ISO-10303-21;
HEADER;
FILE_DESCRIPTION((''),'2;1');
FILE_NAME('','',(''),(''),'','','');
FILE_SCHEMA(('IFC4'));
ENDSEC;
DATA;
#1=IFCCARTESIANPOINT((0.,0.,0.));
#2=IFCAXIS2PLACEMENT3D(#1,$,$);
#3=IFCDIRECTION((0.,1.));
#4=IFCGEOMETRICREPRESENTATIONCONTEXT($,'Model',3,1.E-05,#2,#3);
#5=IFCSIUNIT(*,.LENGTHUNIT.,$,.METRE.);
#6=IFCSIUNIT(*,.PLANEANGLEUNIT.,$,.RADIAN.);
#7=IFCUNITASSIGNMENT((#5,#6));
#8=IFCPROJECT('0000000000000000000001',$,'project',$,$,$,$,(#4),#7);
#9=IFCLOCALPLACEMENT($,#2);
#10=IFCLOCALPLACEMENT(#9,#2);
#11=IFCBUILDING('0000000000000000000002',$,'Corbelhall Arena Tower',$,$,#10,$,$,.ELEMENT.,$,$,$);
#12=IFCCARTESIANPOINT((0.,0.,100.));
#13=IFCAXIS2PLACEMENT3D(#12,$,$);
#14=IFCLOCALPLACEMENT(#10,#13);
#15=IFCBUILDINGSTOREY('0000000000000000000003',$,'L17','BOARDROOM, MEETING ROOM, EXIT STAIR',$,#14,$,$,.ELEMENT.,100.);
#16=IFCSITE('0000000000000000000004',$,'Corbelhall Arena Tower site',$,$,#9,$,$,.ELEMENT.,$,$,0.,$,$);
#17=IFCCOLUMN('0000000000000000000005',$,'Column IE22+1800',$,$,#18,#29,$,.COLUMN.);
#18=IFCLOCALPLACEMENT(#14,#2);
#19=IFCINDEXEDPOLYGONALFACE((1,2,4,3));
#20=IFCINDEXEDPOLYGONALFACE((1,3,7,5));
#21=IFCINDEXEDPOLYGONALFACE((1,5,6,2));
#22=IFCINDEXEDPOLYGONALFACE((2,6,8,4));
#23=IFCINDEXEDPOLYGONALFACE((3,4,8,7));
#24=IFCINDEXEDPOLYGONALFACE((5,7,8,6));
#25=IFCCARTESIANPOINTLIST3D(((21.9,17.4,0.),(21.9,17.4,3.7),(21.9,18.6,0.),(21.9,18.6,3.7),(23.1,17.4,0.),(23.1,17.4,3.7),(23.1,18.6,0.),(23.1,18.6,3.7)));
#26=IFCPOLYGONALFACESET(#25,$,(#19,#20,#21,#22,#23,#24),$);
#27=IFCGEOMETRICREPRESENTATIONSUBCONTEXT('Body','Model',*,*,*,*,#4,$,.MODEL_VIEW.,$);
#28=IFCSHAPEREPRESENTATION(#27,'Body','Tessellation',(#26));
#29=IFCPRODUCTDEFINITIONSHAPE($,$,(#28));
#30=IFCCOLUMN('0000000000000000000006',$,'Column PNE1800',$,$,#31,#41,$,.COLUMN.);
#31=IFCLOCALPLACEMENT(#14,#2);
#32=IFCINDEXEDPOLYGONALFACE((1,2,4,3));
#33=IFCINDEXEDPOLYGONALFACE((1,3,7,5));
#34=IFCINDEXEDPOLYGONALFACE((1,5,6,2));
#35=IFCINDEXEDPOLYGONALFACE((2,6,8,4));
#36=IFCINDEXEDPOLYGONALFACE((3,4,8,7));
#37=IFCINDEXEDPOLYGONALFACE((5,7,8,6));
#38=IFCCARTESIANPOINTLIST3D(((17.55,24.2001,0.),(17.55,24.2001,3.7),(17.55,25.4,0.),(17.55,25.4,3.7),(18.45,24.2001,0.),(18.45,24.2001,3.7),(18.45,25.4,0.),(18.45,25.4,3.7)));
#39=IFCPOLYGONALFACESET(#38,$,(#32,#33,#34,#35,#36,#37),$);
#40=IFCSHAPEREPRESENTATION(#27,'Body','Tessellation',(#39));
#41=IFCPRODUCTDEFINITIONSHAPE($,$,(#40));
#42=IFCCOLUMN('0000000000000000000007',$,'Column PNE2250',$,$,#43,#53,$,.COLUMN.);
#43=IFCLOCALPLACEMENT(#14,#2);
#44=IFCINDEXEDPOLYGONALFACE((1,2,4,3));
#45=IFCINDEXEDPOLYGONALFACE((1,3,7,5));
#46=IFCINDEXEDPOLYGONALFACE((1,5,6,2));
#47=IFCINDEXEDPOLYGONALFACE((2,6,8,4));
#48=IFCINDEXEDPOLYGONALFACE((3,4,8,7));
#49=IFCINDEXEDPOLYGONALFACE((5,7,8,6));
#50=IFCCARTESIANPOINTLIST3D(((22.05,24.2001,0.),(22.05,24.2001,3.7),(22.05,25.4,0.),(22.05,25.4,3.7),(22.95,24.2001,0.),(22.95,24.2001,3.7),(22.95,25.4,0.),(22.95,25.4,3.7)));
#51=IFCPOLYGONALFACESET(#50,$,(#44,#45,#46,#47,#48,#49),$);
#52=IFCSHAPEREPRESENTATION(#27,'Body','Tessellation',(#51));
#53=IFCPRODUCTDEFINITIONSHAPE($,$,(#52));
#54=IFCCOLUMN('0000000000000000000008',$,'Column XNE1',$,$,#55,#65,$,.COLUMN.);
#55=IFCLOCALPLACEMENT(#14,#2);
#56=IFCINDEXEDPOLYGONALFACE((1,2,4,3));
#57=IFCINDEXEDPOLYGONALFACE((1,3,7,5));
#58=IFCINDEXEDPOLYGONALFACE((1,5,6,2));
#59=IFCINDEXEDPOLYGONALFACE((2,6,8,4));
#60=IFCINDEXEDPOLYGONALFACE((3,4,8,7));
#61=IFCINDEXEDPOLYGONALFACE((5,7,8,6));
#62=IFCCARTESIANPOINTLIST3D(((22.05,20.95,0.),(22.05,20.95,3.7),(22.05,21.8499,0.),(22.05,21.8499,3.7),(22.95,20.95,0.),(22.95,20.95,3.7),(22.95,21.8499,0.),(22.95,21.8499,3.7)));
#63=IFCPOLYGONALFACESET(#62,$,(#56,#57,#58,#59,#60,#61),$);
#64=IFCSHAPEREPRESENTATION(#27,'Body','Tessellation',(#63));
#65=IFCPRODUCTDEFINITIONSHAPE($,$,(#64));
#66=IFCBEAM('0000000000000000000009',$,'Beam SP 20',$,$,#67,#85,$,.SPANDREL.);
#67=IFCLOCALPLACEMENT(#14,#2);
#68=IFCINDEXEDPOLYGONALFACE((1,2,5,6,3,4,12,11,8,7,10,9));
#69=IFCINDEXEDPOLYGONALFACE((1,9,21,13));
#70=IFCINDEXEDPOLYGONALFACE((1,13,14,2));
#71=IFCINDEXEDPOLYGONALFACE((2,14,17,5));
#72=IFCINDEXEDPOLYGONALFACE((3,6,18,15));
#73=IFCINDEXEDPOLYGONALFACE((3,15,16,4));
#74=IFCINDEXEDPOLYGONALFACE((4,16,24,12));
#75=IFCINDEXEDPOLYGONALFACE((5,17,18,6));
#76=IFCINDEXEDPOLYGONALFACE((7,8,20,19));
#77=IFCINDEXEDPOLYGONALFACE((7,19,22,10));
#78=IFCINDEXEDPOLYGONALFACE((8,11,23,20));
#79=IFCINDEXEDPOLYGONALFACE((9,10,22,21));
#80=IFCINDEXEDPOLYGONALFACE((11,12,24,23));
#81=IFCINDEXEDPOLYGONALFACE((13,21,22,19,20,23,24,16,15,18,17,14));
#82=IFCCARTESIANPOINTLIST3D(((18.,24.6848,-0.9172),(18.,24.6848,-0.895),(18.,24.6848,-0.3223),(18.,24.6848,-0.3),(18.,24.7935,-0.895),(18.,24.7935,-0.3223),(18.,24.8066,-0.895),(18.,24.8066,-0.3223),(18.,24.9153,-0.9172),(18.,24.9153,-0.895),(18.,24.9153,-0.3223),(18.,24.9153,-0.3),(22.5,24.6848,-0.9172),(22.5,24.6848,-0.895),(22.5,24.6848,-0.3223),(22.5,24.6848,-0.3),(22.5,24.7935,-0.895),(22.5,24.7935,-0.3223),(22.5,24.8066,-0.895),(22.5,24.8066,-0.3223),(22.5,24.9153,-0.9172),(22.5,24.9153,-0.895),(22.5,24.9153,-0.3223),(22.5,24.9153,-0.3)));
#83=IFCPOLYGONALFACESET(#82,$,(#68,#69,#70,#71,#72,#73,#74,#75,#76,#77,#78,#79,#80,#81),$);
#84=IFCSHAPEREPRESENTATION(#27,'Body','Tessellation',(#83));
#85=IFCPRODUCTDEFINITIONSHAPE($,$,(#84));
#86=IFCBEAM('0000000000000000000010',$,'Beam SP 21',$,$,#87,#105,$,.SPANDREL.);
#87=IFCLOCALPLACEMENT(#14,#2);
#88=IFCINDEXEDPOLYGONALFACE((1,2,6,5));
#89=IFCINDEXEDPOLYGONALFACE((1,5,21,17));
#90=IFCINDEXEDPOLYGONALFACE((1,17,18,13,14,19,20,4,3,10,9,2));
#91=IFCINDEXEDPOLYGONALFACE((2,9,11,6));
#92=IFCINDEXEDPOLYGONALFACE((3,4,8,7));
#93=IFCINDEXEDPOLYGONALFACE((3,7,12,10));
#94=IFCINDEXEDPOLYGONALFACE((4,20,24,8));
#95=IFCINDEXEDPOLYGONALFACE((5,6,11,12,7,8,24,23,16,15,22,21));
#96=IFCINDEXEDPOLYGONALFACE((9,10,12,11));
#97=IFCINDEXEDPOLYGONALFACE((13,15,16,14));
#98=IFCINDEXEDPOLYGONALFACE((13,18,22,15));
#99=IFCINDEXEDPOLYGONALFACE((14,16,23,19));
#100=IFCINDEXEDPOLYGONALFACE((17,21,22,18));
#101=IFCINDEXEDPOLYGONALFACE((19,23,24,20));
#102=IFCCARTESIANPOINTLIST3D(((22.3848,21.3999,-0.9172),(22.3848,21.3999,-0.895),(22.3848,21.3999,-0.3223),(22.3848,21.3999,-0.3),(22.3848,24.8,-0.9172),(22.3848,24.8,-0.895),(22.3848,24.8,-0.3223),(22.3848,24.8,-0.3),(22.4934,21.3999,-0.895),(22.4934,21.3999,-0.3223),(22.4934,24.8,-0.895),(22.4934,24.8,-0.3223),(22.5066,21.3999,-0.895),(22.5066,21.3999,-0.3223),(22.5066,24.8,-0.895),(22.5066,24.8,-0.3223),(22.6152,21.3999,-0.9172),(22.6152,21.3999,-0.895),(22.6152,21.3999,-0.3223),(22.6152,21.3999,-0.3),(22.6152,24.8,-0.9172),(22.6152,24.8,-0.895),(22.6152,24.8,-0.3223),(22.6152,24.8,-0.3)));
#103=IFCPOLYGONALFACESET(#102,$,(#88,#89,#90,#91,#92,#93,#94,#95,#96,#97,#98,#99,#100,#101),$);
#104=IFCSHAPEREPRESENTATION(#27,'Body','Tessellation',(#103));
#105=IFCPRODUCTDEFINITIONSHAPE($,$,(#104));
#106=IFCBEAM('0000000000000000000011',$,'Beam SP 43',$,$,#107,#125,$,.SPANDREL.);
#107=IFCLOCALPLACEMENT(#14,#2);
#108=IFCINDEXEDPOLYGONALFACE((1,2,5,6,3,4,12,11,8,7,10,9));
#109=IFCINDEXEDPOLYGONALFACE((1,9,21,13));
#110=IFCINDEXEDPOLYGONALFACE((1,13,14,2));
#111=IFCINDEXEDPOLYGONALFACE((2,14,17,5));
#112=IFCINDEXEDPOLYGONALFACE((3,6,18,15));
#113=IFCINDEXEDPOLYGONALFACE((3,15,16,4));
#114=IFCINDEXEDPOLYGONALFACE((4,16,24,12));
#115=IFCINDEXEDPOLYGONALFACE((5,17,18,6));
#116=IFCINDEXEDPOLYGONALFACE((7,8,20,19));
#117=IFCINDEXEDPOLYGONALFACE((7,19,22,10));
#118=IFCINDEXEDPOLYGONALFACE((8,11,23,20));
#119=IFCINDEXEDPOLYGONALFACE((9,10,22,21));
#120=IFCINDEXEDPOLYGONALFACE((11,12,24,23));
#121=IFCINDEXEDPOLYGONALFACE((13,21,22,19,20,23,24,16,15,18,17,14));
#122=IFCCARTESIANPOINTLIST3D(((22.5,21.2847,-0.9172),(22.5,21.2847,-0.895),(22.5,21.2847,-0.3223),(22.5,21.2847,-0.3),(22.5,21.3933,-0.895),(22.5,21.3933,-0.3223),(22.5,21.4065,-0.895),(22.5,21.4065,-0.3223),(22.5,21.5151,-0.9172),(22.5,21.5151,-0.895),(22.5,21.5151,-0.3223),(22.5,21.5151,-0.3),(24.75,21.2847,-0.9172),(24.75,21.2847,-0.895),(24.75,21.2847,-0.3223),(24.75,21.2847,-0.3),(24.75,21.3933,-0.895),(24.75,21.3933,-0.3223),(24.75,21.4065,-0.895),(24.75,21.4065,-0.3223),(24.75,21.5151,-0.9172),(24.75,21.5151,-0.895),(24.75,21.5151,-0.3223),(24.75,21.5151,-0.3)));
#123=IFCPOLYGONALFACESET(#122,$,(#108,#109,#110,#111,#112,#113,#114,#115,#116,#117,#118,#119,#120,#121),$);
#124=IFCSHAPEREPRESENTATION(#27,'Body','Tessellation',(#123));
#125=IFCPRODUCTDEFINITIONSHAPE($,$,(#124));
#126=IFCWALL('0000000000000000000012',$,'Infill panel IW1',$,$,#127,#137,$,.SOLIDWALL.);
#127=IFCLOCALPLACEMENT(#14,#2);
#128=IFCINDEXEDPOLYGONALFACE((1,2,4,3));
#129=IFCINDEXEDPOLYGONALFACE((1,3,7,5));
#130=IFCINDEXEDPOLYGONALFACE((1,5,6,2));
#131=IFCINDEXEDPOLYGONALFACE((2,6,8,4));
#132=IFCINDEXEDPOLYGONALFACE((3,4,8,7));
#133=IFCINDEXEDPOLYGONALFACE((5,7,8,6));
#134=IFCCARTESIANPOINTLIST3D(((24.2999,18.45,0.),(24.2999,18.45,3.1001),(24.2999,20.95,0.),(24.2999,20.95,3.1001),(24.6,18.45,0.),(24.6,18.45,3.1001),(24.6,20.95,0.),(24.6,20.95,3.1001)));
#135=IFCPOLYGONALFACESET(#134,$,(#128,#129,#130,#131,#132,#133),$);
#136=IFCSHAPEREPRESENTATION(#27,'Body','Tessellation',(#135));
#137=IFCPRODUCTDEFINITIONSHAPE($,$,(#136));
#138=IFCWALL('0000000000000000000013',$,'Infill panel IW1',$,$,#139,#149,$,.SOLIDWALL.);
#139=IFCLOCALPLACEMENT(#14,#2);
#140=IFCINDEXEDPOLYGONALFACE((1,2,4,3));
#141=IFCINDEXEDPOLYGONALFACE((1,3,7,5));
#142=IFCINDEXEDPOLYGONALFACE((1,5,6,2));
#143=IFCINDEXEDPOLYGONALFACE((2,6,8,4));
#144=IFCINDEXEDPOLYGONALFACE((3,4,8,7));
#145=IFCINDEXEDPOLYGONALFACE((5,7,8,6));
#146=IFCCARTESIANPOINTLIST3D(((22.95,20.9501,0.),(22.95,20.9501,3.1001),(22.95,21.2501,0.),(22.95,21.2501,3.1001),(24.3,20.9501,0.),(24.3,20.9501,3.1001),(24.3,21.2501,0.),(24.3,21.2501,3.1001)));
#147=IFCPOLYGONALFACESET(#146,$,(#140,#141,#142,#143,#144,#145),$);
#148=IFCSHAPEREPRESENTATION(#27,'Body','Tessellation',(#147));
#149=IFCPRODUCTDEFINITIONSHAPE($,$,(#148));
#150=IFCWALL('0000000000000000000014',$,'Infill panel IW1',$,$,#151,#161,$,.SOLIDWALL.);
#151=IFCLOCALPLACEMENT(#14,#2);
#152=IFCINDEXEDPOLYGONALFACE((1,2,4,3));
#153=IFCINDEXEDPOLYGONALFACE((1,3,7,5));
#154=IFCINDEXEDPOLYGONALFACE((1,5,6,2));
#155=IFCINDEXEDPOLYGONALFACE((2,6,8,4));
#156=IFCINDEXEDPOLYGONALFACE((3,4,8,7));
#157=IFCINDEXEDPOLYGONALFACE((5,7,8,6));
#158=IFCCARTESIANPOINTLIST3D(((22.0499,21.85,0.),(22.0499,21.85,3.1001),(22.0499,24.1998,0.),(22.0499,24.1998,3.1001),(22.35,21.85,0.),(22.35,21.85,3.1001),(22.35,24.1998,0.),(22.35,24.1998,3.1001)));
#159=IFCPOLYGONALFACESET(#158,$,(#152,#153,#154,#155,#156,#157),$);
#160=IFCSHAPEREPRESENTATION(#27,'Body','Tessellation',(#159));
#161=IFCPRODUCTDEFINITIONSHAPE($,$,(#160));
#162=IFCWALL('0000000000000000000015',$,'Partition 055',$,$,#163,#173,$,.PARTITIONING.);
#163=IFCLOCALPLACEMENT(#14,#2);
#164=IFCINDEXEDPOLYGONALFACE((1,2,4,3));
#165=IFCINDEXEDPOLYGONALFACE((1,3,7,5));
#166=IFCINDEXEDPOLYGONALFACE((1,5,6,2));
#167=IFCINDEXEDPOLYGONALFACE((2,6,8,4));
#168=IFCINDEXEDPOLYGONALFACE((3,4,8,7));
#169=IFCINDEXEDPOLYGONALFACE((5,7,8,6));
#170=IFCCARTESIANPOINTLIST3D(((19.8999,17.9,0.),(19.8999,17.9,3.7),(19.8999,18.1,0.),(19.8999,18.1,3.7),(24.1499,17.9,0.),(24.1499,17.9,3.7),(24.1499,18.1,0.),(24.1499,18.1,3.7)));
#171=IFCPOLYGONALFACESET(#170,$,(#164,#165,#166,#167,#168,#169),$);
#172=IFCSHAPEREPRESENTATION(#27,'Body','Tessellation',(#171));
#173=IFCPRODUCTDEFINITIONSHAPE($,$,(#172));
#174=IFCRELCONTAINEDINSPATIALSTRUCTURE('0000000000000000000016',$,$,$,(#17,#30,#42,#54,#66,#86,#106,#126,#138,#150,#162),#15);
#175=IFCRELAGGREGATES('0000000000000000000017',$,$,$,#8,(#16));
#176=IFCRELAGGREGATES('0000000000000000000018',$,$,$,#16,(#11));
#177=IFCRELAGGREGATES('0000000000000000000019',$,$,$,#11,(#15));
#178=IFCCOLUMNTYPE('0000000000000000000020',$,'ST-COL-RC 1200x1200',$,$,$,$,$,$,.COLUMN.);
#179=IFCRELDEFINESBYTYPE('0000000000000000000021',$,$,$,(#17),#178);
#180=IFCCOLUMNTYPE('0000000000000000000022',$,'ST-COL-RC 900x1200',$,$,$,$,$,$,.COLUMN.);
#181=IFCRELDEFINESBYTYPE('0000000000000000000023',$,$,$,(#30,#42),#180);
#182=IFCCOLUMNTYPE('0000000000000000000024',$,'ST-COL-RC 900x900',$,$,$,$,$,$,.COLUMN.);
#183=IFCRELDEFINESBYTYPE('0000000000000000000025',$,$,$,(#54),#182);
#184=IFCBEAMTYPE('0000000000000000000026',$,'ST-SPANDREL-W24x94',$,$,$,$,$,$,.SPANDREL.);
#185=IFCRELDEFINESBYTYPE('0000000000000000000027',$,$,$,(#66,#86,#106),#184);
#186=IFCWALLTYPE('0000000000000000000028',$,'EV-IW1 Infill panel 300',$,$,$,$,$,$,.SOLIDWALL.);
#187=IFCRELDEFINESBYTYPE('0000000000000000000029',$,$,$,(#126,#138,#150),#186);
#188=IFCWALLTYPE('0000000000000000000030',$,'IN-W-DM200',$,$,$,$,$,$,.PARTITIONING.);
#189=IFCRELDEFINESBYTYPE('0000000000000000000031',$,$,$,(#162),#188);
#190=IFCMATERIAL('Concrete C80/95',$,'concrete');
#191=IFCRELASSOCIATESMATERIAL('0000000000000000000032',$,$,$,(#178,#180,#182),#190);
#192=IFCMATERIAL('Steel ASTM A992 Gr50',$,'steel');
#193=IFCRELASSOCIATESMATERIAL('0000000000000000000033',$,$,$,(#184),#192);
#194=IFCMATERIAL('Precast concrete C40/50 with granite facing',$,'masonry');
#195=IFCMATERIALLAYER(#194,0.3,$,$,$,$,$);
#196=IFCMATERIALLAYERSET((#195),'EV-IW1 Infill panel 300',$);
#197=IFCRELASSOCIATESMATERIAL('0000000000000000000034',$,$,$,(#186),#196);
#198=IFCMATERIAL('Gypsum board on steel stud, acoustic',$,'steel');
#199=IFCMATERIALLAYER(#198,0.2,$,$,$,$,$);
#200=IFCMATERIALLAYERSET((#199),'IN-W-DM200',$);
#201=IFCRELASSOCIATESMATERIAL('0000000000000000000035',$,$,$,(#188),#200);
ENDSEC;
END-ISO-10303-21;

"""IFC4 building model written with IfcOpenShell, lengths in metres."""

from ifc_helpers import new_model, si_unit, direction, frame, frame_2d, origin, origin_2d, place, context, subcontext, project, spatial, rectangle, i_section, extrude, material, layer, layer_set, material_profile, profile_set, type_object, element, save


model = new_model("IFC4")

# Units and contexts
model_context = context("Model", 3, precision=1e-05, world=origin(), true_north=direction((0.0, 1.0)))
body_context = subcontext(model_context, "Body", "Model", "MODEL_VIEW")
ifc_project = project(units=[si_unit("LENGTHUNIT", "METRE"), si_unit("PLANEANGLEUNIT", "RADIAN")], contexts=[model_context])

# Site, building, storey
site_placement = place(None, origin())
site = spatial("IfcSite", under=ifc_project, at=site_placement, Name="Corbelhall Arena Tower site", CompositionType="ELEMENT", RefElevation=0.0)
building_placement = place(site_placement, origin())
building = spatial("IfcBuilding", under=site, at=building_placement, Name="Corbelhall Arena Tower", CompositionType="ELEMENT")
storey_placement = place(building_placement, frame((0.0, 0.0, 100.0)))
storey = spatial("IfcBuildingStorey", under=building, at=storey_placement, Name="L17", Description="BOARDROOM, MEETING ROOM, EXIT STAIR", CompositionType="ELEMENT", Elevation=100.0)

# Columns
ifc_material_1 = material(Name="Concrete C80/95", Category="concrete")
ifc_material_profile_1 = material_profile(ifc_material_1, rectangle(XDim=1.2, YDim=1.2, at=origin_2d()))
ifc_profile_set_1 = profile_set([ifc_material_profile_1], Name="Concrete C80/95")
column_type_1 = type_object("IfcColumnType", Name="ST-COL-RC 1200x1200", PredefinedType="COLUMN", material=ifc_profile_set_1)
column_1_placement = place(storey_placement, frame((22.5, 18.0, 0.0), z_axis=(0.0, 0.0, 1.0), x_axis=(1.0, 0.0, 0.0)))
element("IfcColumn", 1, at=column_1_placement, inside=storey, type_object=column_type_1, Name="Column IE22+1800", PredefinedType="COLUMN", context=body_context, shape_type="SweptSolid", body=[
    extrude(rectangle(XDim=1.2, YDim=1.2, at=origin_2d()), origin(), (0.0, 0.0, 1.0), 3.7),
])
ifc_material_profile_2 = material_profile(ifc_material_1, rectangle(XDim=0.8999, YDim=1.2, at=origin_2d()))
ifc_profile_set_2 = profile_set([ifc_material_profile_2], Name="Concrete C80/95")
column_type_2 = type_object("IfcColumnType", Name="ST-COL-RC 900x1200", PredefinedType="COLUMN", material=ifc_profile_set_2)
for number, where, z_axis, x_axis, name in (
    (2, (18.0, 24.8, 0.0), (0.0, 0.0, 1.0), (1.0, 0.0, 0.0), "Column PNE1800"),
    (3, (22.5, 24.8, 0.0), (0.0, 0.0, 1.0), (1.0, 0.0, 0.0), "Column PNE2250"),
):
    element("IfcColumn", number, at=place(storey_placement, frame(where, z_axis=z_axis, x_axis=x_axis)), inside=storey, type_object=column_type_2, Name=name, PredefinedType="COLUMN", context=body_context, shape_type="SweptSolid", body=[
        extrude(rectangle(XDim=0.8999, YDim=1.2, at=origin_2d()), origin(), (0.0, 0.0, 1.0), 3.7),
    ])
ifc_material_profile_3 = material_profile(ifc_material_1, rectangle(XDim=0.8999, YDim=0.8999, at=origin_2d()))
ifc_profile_set_3 = profile_set([ifc_material_profile_3], Name="Concrete C80/95")
column_type_3 = type_object("IfcColumnType", Name="ST-COL-RC 900x900", PredefinedType="COLUMN", material=ifc_profile_set_3)
column_2_placement = place(storey_placement, frame((22.5, 21.3999, 0.0), z_axis=(0.0, 0.0, 1.0), x_axis=(1.0, 0.0, 0.0)))
element("IfcColumn", 4, at=column_2_placement, inside=storey, type_object=column_type_3, Name="Column XNE1", PredefinedType="COLUMN", context=body_context, shape_type="SweptSolid", body=[
    extrude(rectangle(XDim=0.8999, YDim=0.8999, at=origin_2d()), origin(), (0.0, 0.0, 1.0), 3.7),
])

# Beams
ifc_material_2 = material(Name="Steel ASTM A992 Gr50", Category="steel")
ifc_material_profile_4 = material_profile(ifc_material_2, i_section(OverallWidth=0.2305, OverallDepth=0.6172, WebThickness=0.0132, FlangeThickness=0.0222, at=origin_2d()))
ifc_profile_set_4 = profile_set([ifc_material_profile_4], Name="Steel ASTM A992 Gr50")
beam_type = type_object("IfcBeamType", Name="ST-SPANDREL-W24x94", PredefinedType="SPANDREL", material=ifc_profile_set_4)
beam_1_placement = place(storey_placement, frame((18.0, 24.8, -0.6086), z_axis=(1.0, 0.0, 0.0), x_axis=(0.0, 1.0, 0.0)))
element("IfcBeam", 5, at=beam_1_placement, inside=storey, type_object=beam_type, Name="Beam SP 20", PredefinedType="SPANDREL", context=body_context, shape_type="SweptSolid", body=[
    extrude(i_section(OverallWidth=0.2305, OverallDepth=0.6172, WebThickness=0.0132, FlangeThickness=0.0222, at=origin_2d()), origin(), (0.0, 0.0, 1.0), 4.5),
])
beam_2_placement = place(storey_placement, frame((22.5, 24.8, -0.6086), z_axis=(0.0, -1.0, 0.0), x_axis=(1.0, 0.0, 0.0)))
element("IfcBeam", 6, at=beam_2_placement, inside=storey, type_object=beam_type, Name="Beam SP 21", PredefinedType="SPANDREL", context=body_context, shape_type="SweptSolid", body=[
    extrude(i_section(OverallWidth=0.2305, OverallDepth=0.6172, WebThickness=0.0132, FlangeThickness=0.0222, at=origin_2d()), origin(), (0.0, 0.0, 1.0), 3.4001),
])
beam_3_placement = place(storey_placement, frame((22.5, 21.3999, -0.6086), z_axis=(1.0, 0.0, 0.0), x_axis=(0.0, 1.0, 0.0)))
element("IfcBeam", 7, at=beam_3_placement, inside=storey, type_object=beam_type, Name="Beam SP 43", PredefinedType="SPANDREL", context=body_context, shape_type="SweptSolid", body=[
    extrude(i_section(OverallWidth=0.2305, OverallDepth=0.6172, WebThickness=0.0132, FlangeThickness=0.0222, at=origin_2d()), origin(), (0.0, 0.0, 1.0), 2.25),
])

# Walls
ifc_material_3 = material(Name="Precast concrete C40/50 with granite facing", Category="masonry")
ifc_layer_1 = layer(ifc_material_3, 0.3)
ifc_layer_set_1 = layer_set([ifc_layer_1], Name="EV-IW1 Infill panel 300")
wall_type_1 = type_object("IfcWallType", Name="EV-IW1 Infill panel 300", PredefinedType="SOLIDWALL", material=ifc_layer_set_1)
wall_1_placement = place(storey_placement, frame((24.45, 18.45, 0.0), z_axis=(0.0, 0.0, 1.0), x_axis=(0.0, 1.0, 0.0)))
element("IfcWall", 8, at=wall_1_placement, inside=storey, type_object=wall_type_1, Name="Infill panel IW1", PredefinedType="SOLIDWALL", context=body_context, shape_type="SweptSolid", body=[
    extrude(rectangle(XDim=2.5, YDim=0.3, at=frame_2d((1.25, 0.0))), origin(), (0.0, 0.0, 1.0), 3.1001),
])
wall_2_placement = place(storey_placement, frame((24.3, 21.1001, 0.0), z_axis=(0.0, 0.0, 1.0), x_axis=(-1.0, 0.0, 0.0)))
element("IfcWall", 9, at=wall_2_placement, inside=storey, type_object=wall_type_1, Name="Infill panel IW1", PredefinedType="SOLIDWALL", context=body_context, shape_type="SweptSolid", body=[
    extrude(rectangle(XDim=1.3501, YDim=0.3, at=frame_2d((0.675, 0.0))), origin(), (0.0, 0.0, 1.0), 3.1001),
])
wall_3_placement = place(storey_placement, frame((22.2, 21.8501, 0.0), z_axis=(0.0, 0.0, 1.0), x_axis=(0.0, 1.0, 0.0)))
element("IfcWall", 10, at=wall_3_placement, inside=storey, type_object=wall_type_1, Name="Infill panel IW1", PredefinedType="SOLIDWALL", context=body_context, shape_type="SweptSolid", body=[
    extrude(rectangle(XDim=2.3499, YDim=0.3, at=frame_2d((1.1748, 0.0))), origin(), (0.0, 0.0, 1.0), 3.1001),
])

# Shared definitions
ifc_material_4 = material(Name="Gypsum board on steel stud, acoustic", Category="steel")
ifc_layer_2 = layer(ifc_material_4, 0.2)
ifc_layer_set_2 = layer_set([ifc_layer_2], Name="IN-W-DM200")
wall_type_2 = type_object("IfcWallType", Name="IN-W-DM200", PredefinedType="PARTITIONING", material=ifc_layer_set_2)

# Wall
wall_4_placement = place(storey_placement, frame((19.8999, 18.0, 0.0), z_axis=(0.0, 0.0, 1.0), x_axis=(1.0, 0.0, 0.0)))
element("IfcWall", 11, at=wall_4_placement, inside=storey, type_object=wall_type_2, Name="Partition 055", PredefinedType="PARTITIONING", context=body_context, shape_type="SweptSolid", body=[
    extrude(rectangle(XDim=4.25, YDim=0.2, at=frame_2d((2.125, 0.0))), origin(), (0.0, 0.0, 1.0), 3.7),
])

save(model, "model.ifc")
